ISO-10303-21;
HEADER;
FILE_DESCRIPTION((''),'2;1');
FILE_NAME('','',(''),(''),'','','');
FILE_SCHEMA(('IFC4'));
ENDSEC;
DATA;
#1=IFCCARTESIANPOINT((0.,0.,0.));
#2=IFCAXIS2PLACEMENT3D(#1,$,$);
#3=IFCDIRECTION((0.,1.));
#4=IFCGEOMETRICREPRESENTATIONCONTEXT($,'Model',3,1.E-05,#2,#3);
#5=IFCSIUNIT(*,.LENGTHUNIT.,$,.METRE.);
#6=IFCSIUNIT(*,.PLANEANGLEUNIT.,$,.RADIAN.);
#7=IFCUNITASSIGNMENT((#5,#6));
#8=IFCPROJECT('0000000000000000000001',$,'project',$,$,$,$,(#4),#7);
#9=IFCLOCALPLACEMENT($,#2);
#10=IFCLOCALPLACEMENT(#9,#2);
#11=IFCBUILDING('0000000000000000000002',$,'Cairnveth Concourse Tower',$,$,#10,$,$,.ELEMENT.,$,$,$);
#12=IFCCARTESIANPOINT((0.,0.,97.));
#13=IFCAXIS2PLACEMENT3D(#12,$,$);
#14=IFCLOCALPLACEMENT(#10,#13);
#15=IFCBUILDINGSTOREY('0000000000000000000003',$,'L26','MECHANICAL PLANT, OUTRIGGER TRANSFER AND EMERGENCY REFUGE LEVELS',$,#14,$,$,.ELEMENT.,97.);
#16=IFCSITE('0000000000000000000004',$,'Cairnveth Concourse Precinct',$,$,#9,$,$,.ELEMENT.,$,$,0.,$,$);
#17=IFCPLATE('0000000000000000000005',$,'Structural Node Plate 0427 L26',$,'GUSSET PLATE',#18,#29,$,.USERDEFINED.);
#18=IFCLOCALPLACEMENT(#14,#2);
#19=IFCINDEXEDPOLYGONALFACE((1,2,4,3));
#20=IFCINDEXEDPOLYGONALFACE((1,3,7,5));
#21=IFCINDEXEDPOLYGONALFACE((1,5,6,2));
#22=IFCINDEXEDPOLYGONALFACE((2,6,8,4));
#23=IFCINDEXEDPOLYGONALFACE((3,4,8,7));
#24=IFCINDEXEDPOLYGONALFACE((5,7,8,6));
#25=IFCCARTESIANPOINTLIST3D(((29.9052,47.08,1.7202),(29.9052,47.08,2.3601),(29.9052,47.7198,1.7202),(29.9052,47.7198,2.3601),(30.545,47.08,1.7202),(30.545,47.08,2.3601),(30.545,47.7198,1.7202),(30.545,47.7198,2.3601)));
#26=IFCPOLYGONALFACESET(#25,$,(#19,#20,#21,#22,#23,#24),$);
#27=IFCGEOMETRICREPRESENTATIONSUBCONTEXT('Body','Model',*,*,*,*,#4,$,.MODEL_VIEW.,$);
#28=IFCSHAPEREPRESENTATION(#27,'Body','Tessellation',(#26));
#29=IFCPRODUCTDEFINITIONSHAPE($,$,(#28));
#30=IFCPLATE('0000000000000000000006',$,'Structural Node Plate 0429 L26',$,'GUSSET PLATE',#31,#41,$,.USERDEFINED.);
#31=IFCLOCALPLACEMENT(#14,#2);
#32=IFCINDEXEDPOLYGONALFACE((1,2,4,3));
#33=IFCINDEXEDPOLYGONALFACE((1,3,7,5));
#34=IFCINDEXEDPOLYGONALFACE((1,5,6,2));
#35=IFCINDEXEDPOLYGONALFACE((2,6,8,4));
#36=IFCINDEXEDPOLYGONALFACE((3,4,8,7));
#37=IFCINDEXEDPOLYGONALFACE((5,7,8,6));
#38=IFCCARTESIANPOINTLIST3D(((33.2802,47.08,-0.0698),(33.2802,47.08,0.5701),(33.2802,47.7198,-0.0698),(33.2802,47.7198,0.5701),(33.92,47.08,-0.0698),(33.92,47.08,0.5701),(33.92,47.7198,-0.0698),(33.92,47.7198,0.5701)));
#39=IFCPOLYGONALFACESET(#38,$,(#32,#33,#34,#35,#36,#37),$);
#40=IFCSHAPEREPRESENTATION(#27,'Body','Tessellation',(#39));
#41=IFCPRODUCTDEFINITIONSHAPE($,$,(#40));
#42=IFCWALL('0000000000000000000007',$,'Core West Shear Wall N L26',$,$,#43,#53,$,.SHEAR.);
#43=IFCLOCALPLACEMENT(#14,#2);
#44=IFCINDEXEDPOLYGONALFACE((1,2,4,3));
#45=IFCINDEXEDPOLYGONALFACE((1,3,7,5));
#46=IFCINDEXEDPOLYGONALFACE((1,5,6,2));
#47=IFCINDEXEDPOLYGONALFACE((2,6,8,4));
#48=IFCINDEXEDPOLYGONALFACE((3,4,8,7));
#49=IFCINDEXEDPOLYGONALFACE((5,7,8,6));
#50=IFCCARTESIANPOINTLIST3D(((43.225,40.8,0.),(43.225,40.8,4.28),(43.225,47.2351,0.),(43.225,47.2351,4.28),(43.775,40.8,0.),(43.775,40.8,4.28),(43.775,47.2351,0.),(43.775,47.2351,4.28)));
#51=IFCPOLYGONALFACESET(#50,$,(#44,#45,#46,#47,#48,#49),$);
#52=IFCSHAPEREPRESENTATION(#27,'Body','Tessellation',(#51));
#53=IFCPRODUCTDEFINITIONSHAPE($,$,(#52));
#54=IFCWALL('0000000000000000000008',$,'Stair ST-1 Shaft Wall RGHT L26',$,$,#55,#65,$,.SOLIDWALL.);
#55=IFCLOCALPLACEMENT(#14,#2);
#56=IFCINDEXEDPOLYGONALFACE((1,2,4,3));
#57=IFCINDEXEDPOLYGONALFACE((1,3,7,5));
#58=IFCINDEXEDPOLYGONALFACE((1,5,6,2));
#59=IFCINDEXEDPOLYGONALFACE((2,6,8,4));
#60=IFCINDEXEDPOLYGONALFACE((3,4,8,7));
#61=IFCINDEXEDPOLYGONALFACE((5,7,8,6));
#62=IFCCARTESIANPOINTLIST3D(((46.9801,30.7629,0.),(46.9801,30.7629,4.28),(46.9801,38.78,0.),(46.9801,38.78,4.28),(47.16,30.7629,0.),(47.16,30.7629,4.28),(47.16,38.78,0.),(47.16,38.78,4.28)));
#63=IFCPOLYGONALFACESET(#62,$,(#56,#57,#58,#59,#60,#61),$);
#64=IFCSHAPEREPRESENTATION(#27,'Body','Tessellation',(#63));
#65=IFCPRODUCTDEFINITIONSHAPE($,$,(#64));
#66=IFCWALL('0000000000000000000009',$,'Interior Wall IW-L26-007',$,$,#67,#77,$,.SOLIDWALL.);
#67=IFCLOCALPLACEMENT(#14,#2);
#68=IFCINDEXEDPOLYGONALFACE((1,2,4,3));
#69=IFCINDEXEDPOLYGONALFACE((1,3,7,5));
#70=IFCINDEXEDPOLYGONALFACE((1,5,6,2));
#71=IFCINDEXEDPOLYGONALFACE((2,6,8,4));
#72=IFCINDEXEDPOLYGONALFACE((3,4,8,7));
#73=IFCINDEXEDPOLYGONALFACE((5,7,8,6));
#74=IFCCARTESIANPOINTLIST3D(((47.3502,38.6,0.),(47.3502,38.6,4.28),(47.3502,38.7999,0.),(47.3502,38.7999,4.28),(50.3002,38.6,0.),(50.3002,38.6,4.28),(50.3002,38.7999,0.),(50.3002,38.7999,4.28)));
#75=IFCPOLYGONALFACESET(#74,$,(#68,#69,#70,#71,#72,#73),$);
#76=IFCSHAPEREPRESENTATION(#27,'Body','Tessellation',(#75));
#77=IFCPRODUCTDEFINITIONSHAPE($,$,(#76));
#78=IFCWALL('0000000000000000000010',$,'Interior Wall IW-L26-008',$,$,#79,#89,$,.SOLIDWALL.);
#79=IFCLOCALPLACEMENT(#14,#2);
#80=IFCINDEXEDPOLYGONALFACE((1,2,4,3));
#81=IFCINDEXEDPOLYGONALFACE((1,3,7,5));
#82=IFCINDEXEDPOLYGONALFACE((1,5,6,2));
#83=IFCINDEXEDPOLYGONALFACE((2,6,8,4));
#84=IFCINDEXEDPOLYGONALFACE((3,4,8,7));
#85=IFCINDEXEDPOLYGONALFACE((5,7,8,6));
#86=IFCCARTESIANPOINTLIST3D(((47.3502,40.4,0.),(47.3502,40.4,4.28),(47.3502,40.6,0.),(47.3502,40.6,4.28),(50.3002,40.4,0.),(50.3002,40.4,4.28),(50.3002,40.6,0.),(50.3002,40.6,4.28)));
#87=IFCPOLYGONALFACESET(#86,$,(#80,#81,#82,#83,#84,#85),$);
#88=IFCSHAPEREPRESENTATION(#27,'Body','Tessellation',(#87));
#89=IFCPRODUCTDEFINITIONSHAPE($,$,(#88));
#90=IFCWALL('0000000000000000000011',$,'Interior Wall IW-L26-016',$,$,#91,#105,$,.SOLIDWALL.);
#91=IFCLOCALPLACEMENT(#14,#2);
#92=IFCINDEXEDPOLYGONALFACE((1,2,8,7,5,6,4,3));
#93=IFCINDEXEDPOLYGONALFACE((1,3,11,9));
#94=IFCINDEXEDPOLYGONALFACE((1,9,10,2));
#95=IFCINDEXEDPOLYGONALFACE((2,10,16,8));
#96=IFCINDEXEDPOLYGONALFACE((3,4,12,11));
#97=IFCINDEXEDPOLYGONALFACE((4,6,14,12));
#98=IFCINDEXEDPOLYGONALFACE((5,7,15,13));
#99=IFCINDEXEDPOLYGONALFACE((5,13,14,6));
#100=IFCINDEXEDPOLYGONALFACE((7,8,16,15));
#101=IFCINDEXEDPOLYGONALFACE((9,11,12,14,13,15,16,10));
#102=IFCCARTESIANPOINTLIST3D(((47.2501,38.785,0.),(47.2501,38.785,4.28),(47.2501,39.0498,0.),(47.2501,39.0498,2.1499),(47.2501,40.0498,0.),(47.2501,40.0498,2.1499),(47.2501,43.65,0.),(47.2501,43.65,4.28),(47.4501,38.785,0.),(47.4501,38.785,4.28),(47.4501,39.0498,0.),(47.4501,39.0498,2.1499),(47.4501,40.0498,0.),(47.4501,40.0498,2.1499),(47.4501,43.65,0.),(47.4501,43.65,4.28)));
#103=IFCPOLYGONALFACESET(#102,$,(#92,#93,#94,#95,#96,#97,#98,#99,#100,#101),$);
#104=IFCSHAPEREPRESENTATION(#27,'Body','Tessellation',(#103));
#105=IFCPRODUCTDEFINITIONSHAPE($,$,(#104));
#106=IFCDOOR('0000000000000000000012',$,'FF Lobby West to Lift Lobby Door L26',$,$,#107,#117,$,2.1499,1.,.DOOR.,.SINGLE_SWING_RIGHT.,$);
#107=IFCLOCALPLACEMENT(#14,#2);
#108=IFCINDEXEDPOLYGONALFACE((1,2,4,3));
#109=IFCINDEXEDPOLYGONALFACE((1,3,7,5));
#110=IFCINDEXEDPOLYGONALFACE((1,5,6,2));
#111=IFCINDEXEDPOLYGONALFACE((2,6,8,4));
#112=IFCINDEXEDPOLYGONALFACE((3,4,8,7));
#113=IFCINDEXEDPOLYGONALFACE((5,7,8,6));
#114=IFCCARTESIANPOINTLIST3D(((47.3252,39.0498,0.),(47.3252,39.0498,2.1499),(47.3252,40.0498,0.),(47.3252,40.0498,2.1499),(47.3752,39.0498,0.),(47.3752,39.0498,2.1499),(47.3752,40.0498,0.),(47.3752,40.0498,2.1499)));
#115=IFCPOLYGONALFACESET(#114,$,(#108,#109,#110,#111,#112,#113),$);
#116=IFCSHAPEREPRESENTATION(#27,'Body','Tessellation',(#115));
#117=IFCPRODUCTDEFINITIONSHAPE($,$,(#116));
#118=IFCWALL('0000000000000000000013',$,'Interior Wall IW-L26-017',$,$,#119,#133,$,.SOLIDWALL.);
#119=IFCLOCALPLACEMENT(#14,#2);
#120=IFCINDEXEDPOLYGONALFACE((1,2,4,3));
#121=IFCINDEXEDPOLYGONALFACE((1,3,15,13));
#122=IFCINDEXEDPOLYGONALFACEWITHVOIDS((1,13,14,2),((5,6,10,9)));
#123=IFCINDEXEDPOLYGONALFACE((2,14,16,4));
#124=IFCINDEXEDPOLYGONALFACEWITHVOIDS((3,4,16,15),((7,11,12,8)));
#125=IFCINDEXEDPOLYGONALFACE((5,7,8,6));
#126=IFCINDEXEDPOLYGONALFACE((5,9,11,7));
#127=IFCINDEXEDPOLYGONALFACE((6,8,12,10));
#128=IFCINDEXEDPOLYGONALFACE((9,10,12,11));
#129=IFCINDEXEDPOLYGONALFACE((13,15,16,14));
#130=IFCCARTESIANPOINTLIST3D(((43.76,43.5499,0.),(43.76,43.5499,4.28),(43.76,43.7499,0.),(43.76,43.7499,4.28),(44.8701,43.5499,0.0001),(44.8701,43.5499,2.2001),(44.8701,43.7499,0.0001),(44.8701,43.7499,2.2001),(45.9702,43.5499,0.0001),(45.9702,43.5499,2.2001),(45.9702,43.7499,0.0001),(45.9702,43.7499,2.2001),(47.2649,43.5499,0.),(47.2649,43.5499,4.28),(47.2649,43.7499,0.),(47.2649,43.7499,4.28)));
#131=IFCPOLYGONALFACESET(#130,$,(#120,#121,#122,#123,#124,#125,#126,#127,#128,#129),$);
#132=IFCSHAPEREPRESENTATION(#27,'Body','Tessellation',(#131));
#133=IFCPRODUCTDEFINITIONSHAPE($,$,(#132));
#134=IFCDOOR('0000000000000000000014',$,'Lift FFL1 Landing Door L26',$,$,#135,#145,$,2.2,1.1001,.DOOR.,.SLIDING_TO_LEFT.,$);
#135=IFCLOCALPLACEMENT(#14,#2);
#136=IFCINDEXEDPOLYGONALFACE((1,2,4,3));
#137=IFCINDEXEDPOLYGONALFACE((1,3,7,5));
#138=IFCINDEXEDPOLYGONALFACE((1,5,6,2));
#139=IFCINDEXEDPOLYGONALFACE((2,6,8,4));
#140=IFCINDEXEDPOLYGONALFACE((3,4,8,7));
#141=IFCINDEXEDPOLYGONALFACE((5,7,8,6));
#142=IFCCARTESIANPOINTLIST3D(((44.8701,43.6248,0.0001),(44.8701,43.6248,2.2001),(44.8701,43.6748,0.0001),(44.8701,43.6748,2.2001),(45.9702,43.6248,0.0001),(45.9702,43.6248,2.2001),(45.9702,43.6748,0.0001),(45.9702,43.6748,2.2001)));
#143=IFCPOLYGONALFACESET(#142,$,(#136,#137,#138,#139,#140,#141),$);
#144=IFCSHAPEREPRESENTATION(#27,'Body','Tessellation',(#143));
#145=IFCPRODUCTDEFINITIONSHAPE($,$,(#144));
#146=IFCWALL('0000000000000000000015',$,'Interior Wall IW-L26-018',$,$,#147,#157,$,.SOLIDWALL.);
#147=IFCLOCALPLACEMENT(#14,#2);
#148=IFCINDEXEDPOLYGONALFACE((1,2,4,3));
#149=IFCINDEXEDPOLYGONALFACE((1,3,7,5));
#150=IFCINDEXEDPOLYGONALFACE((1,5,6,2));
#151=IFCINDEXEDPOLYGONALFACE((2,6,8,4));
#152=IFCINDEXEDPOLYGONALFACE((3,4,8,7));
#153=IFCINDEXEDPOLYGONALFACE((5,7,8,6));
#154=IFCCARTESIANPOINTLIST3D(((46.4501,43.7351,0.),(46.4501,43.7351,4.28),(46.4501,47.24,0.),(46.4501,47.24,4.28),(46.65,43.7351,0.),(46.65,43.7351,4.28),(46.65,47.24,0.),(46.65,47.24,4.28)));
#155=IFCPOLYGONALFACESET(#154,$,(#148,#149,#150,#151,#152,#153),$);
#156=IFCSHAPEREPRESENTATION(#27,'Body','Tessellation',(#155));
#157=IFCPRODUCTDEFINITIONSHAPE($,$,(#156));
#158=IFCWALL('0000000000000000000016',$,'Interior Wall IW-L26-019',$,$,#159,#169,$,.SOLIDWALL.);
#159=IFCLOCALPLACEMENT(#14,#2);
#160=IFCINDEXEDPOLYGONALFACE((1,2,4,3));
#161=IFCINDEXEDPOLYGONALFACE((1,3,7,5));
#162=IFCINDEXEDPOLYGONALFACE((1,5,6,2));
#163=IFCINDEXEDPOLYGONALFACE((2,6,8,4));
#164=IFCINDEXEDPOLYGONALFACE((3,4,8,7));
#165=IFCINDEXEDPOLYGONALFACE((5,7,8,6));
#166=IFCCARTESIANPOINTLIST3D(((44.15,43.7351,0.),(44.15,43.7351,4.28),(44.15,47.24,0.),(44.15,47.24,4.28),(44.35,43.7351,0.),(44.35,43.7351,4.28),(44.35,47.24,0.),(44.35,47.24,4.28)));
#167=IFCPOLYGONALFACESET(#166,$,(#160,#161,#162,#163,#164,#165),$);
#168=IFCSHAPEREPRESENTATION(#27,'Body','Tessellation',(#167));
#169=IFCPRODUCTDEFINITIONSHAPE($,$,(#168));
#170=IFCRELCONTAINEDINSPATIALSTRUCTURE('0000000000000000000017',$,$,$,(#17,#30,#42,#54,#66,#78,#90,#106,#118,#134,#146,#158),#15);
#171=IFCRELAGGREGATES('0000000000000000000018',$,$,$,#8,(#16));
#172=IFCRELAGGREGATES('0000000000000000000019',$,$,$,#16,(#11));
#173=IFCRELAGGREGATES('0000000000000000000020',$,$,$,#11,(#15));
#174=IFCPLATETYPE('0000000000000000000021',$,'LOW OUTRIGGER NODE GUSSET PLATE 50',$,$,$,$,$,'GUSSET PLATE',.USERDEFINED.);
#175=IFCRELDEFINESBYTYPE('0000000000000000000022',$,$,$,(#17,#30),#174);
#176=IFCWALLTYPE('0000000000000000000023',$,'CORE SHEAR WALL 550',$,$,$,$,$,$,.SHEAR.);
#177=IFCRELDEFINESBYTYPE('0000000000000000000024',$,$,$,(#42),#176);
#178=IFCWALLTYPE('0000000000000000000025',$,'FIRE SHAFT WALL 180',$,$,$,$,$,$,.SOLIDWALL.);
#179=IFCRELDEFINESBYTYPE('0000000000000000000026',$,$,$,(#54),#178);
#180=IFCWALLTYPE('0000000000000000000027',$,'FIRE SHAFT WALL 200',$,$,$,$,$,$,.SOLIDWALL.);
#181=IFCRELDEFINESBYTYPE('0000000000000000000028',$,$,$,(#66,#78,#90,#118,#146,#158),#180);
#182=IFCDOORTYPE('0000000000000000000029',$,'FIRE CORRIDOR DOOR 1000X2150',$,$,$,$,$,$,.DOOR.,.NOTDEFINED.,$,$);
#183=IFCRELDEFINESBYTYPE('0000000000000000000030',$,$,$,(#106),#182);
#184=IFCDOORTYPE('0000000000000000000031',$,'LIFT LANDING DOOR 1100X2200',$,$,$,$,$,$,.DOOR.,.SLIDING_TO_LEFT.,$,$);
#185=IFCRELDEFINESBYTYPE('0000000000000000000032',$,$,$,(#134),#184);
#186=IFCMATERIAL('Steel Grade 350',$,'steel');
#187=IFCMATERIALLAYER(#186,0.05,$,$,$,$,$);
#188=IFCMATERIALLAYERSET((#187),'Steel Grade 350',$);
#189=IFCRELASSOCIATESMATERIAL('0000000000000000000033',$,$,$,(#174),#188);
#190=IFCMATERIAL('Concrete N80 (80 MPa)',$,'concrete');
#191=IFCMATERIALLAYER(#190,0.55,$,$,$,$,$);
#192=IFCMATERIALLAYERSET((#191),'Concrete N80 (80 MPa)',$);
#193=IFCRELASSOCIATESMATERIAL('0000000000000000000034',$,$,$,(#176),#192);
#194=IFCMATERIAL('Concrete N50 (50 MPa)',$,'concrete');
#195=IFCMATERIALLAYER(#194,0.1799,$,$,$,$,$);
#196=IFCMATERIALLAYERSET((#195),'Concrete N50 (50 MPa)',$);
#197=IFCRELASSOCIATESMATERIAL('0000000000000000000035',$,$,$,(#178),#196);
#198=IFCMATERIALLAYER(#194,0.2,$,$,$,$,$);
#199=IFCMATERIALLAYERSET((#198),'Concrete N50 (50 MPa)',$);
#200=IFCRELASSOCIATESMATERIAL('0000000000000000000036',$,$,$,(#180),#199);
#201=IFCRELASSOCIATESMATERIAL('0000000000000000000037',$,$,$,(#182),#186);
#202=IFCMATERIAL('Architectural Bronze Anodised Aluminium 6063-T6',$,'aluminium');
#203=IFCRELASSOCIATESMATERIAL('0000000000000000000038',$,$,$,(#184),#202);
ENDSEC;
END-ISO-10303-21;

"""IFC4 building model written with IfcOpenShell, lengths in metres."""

from ifc_helpers import new_model, si_unit, direction, frame, frame_2d, origin, origin_2d, place, context, subcontext, project, spatial, rectangle, extrude, material, layer, layer_set, type_object, element, fill, save


model = new_model("IFC4")

# Units and contexts
model_context = context("Model", 3, precision=1e-05, world=origin(), true_north=direction((0.0, 1.0)))
body_context = subcontext(model_context, "Body", "Model", "MODEL_VIEW")
ifc_project = project(units=[si_unit("LENGTHUNIT", "METRE"), si_unit("PLANEANGLEUNIT", "RADIAN")], contexts=[model_context])

# Site, building, storey
site_placement = place(None, origin())
site = spatial("IfcSite", under=ifc_project, at=site_placement, Name="Cairnveth Concourse Precinct", CompositionType="ELEMENT", RefElevation=0.0)
building_placement = place(site_placement, origin())
building = spatial("IfcBuilding", under=site, at=building_placement, Name="Cairnveth Concourse Tower", CompositionType="ELEMENT")
storey_placement = place(building_placement, frame((0.0, 0.0, 97.0)))
storey = spatial("IfcBuildingStorey", under=building, at=storey_placement, Name="L26", Description="MECHANICAL PLANT, OUTRIGGER TRANSFER AND EMERGENCY REFUGE LEVELS", CompositionType="ELEMENT", Elevation=97.0)

# Shared definitions
ifc_material_1 = material(Name="Steel Grade 350", Category="steel")

# Plates
ifc_layer_1 = layer(ifc_material_1, 0.05)
ifc_layer_set_1 = layer_set([ifc_layer_1], Name="Steel Grade 350")
plate_type = type_object("IfcPlateType", Name="LOW OUTRIGGER NODE GUSSET PLATE 50", ElementType="GUSSET PLATE", PredefinedType="USERDEFINED", material=ifc_layer_set_1)
for number, where, z_axis, x_axis, name in (
    (1, (30.2251, 47.3999, 1.7202), (0.0, 0.0, 1.0), (1.0, 0.0, 0.0), "Structural Node Plate 0427 L26"),
    (2, (33.6001, 47.3999, -0.0698), (0.0, 0.0, 1.0), (1.0, 0.0, 0.0), "Structural Node Plate 0429 L26"),
):
    element("IfcPlate", number, at=place(storey_placement, frame(where, z_axis=z_axis, x_axis=x_axis)), inside=storey, type_object=plate_type, Name=name, ObjectType="GUSSET PLATE", PredefinedType="USERDEFINED", context=body_context, shape_type="SweptSolid", body=[
        extrude(rectangle(XDim=0.6399, YDim=0.6399, at=origin_2d()), origin(), (0.0, 0.0, 1.0), 0.6399),
    ])

# Wall
ifc_material_2 = material(Name="Concrete N80 (80 MPa)", Category="concrete")
ifc_layer_2 = layer(ifc_material_2, 0.55)
ifc_layer_set_2 = layer_set([ifc_layer_2], Name="Concrete N80 (80 MPa)")
wall_type_1 = type_object("IfcWallType", Name="CORE SHEAR WALL 550", PredefinedType="SHEAR", material=ifc_layer_set_2)
wall_1_placement = place(storey_placement, frame((43.5, 40.8, 0.0), z_axis=(0.0, 0.0, 1.0), x_axis=(0.0, 1.0, 0.0)))
element("IfcWall", 3, at=wall_1_placement, inside=storey, type_object=wall_type_1, Name="Core West Shear Wall N L26", PredefinedType="SHEAR", context=body_context, shape_type="SweptSolid", body=[
    extrude(rectangle(XDim=6.4351, YDim=0.55, at=frame_2d((3.2175, 0.0))), origin(), (0.0, 0.0, 1.0), 4.28),
])

# Shared definitions
ifc_material_3 = material(Name="Concrete N50 (50 MPa)", Category="concrete")
ifc_layer_3 = layer(ifc_material_3, 0.1799)
ifc_layer_set_3 = layer_set([ifc_layer_3], Name="Concrete N50 (50 MPa)")
wall_type_2 = type_object("IfcWallType", Name="FIRE SHAFT WALL 180", PredefinedType="SOLIDWALL", material=ifc_layer_set_3)

# Walls
wall_2_placement = place(storey_placement, frame((47.0701, 38.78, 0.0), z_axis=(0.0, 0.0, 1.0), x_axis=(0.0, -1.0, 0.0)))
element("IfcWall", 4, at=wall_2_placement, inside=storey, type_object=wall_type_2, Name="Stair ST-1 Shaft Wall RGHT L26", PredefinedType="SOLIDWALL", context=body_context, shape_type="SweptSolid", body=[
    extrude(rectangle(XDim=8.0171, YDim=0.1799, at=frame_2d((4.0085, 0.0))), origin(), (0.0, 0.0, 1.0), 4.28),
])
ifc_layer_4 = layer(ifc_material_3, 0.2)
ifc_layer_set_4 = layer_set([ifc_layer_4], Name="Concrete N50 (50 MPa)")
wall_type_3 = type_object("IfcWallType", Name="FIRE SHAFT WALL 200", PredefinedType="SOLIDWALL", material=ifc_layer_set_4)
for number, where, z_axis, x_axis, name in (
    (5, (47.3501, 38.7, 0.0), (0.0, 0.0, 1.0), (1.0, 0.0, 0.0), "Interior Wall IW-L26-007"),
    (6, (47.3501, 40.5, 0.0), (0.0, 0.0, 1.0), (1.0, 0.0, 0.0), "Interior Wall IW-L26-008"),
):
    element("IfcWall", number, at=place(storey_placement, frame(where, z_axis=z_axis, x_axis=x_axis)), inside=storey, type_object=wall_type_3, Name=name, PredefinedType="SOLIDWALL", context=body_context, shape_type="SweptSolid", body=[
        extrude(rectangle(XDim=2.95, YDim=0.2, at=frame_2d((1.4751, 0.0))), origin(), (0.0, 0.0, 1.0), 4.28),
    ])

# Walls, openings, doors
wall_3_placement = place(storey_placement, frame((47.3501, 38.7849, 0.0), z_axis=(0.0, 0.0, 1.0), x_axis=(0.0, 1.0, 0.0)))
wall_3 = element("IfcWall", 7, at=wall_3_placement, inside=storey, type_object=wall_type_3, Name="Interior Wall IW-L26-016", PredefinedType="SOLIDWALL", context=body_context, shape_type="SweptSolid", body=[
    extrude(rectangle(XDim=4.865, YDim=0.2, at=frame_2d((2.4326, 0.0))), origin(), (0.0, 0.0, 1.0), 4.28),
])
opening_1_placement = place(wall_3_placement, frame((0.2649, 0.0, 0.0)))
opening_1 = element("IfcOpeningElement", 8, at=opening_1_placement, cuts=wall_3, PredefinedType="OPENING", context=body_context, shape_type="SweptSolid", body=[
    extrude(rectangle(XDim=1.0, YDim=2.1499, at=frame_2d((0.5, 1.075))), frame((0.0, 0.1099, 0.0), z_axis=(0.0, -1.0, 0.0), x_axis=(1.0, 0.0, 0.0)), (0.0, 0.0, 1.0), 0.22),
])
door_type_1 = type_object("IfcDoorType", Name="FIRE CORRIDOR DOOR 1000X2150", OperationType="NOTDEFINED", PredefinedType="DOOR", material=ifc_material_1)
door_1_placement = place(opening_1_placement, origin())
door_1 = element("IfcDoor", 9, at=door_1_placement, inside=storey, type_object=door_type_1, Name="FF Lobby West to Lift Lobby Door L26", OperationType="SINGLE_SWING_RIGHT", OverallHeight=2.1499, OverallWidth=1.0, PredefinedType="DOOR", context=body_context, shape_type="SweptSolid", body=[
    extrude(rectangle(XDim=1.0, YDim=2.1499, at=frame_2d((0.5, 1.075))), frame((0.0, 0.0249, 0.0), z_axis=(0.0, -1.0, 0.0), x_axis=(1.0, 0.0, 0.0)), (0.0, 0.0, 1.0), 0.05),
])
fill(opening_1, door_1)
wall_4_placement = place(storey_placement, frame((43.76, 43.6499, 0.0), z_axis=(0.0, 0.0, 1.0), x_axis=(1.0, 0.0, 0.0)))
wall_4 = element("IfcWall", 10, at=wall_4_placement, inside=storey, type_object=wall_type_3, Name="Interior Wall IW-L26-017", PredefinedType="SOLIDWALL", context=body_context, shape_type="SweptSolid", body=[
    extrude(rectangle(XDim=3.5049, YDim=0.2, at=frame_2d((1.7524, 0.0))), origin(), (0.0, 0.0, 1.0), 4.28),
])
opening_2_placement = place(wall_4_placement, frame((1.1101, 0.0, 0.0)))
opening_2 = element("IfcOpeningElement", 11, at=opening_2_placement, cuts=wall_4, PredefinedType="OPENING", context=body_context, shape_type="SweptSolid", body=[
    extrude(rectangle(XDim=1.1001, YDim=2.2, at=frame_2d((0.55, 1.1001))), frame((0.0, 0.1099, 0.0), z_axis=(0.0, -1.0, 0.0), x_axis=(1.0, 0.0, 0.0)), (0.0, 0.0, 1.0), 0.22),
])
ifc_material_4 = material(Name="Architectural Bronze Anodised Aluminium 6063-T6", Category="aluminium")
door_type_2 = type_object("IfcDoorType", Name="LIFT LANDING DOOR 1100X2200", OperationType="SLIDING_TO_LEFT", PredefinedType="DOOR", material=ifc_material_4)
door_2_placement = place(opening_2_placement, origin())
door_2 = element("IfcDoor", 12, at=door_2_placement, inside=storey, type_object=door_type_2, Name="Lift FFL1 Landing Door L26", OperationType="SLIDING_TO_LEFT", OverallHeight=2.2, OverallWidth=1.1001, PredefinedType="DOOR", context=body_context, shape_type="SweptSolid", body=[
    extrude(rectangle(XDim=1.1001, YDim=2.2, at=frame_2d((0.55, 1.1001))), frame((0.0, 0.0249, 0.0), z_axis=(0.0, -1.0, 0.0), x_axis=(1.0, 0.0, 0.0)), (0.0, 0.0, 1.0), 0.05),
])
fill(opening_2, door_2)

# Walls
for number, where, z_axis, x_axis, name in (
    (13, (46.55, 43.7351, 0.0), (0.0, 0.0, 1.0), (0.0, 1.0, 0.0), "Interior Wall IW-L26-018"),
    (14, (44.25, 43.7351, 0.0), (0.0, 0.0, 1.0), (0.0, 1.0, 0.0), "Interior Wall IW-L26-019"),
):
    element("IfcWall", number, at=place(storey_placement, frame(where, z_axis=z_axis, x_axis=x_axis)), inside=storey, type_object=wall_type_3, Name=name, PredefinedType="SOLIDWALL", context=body_context, shape_type="SweptSolid", body=[
        extrude(rectangle(XDim=3.5049, YDim=0.2, at=frame_2d((1.7524, 0.0))), origin(), (0.0, 0.0, 1.0), 4.28),
    ])

save(model, "model.ifc")
